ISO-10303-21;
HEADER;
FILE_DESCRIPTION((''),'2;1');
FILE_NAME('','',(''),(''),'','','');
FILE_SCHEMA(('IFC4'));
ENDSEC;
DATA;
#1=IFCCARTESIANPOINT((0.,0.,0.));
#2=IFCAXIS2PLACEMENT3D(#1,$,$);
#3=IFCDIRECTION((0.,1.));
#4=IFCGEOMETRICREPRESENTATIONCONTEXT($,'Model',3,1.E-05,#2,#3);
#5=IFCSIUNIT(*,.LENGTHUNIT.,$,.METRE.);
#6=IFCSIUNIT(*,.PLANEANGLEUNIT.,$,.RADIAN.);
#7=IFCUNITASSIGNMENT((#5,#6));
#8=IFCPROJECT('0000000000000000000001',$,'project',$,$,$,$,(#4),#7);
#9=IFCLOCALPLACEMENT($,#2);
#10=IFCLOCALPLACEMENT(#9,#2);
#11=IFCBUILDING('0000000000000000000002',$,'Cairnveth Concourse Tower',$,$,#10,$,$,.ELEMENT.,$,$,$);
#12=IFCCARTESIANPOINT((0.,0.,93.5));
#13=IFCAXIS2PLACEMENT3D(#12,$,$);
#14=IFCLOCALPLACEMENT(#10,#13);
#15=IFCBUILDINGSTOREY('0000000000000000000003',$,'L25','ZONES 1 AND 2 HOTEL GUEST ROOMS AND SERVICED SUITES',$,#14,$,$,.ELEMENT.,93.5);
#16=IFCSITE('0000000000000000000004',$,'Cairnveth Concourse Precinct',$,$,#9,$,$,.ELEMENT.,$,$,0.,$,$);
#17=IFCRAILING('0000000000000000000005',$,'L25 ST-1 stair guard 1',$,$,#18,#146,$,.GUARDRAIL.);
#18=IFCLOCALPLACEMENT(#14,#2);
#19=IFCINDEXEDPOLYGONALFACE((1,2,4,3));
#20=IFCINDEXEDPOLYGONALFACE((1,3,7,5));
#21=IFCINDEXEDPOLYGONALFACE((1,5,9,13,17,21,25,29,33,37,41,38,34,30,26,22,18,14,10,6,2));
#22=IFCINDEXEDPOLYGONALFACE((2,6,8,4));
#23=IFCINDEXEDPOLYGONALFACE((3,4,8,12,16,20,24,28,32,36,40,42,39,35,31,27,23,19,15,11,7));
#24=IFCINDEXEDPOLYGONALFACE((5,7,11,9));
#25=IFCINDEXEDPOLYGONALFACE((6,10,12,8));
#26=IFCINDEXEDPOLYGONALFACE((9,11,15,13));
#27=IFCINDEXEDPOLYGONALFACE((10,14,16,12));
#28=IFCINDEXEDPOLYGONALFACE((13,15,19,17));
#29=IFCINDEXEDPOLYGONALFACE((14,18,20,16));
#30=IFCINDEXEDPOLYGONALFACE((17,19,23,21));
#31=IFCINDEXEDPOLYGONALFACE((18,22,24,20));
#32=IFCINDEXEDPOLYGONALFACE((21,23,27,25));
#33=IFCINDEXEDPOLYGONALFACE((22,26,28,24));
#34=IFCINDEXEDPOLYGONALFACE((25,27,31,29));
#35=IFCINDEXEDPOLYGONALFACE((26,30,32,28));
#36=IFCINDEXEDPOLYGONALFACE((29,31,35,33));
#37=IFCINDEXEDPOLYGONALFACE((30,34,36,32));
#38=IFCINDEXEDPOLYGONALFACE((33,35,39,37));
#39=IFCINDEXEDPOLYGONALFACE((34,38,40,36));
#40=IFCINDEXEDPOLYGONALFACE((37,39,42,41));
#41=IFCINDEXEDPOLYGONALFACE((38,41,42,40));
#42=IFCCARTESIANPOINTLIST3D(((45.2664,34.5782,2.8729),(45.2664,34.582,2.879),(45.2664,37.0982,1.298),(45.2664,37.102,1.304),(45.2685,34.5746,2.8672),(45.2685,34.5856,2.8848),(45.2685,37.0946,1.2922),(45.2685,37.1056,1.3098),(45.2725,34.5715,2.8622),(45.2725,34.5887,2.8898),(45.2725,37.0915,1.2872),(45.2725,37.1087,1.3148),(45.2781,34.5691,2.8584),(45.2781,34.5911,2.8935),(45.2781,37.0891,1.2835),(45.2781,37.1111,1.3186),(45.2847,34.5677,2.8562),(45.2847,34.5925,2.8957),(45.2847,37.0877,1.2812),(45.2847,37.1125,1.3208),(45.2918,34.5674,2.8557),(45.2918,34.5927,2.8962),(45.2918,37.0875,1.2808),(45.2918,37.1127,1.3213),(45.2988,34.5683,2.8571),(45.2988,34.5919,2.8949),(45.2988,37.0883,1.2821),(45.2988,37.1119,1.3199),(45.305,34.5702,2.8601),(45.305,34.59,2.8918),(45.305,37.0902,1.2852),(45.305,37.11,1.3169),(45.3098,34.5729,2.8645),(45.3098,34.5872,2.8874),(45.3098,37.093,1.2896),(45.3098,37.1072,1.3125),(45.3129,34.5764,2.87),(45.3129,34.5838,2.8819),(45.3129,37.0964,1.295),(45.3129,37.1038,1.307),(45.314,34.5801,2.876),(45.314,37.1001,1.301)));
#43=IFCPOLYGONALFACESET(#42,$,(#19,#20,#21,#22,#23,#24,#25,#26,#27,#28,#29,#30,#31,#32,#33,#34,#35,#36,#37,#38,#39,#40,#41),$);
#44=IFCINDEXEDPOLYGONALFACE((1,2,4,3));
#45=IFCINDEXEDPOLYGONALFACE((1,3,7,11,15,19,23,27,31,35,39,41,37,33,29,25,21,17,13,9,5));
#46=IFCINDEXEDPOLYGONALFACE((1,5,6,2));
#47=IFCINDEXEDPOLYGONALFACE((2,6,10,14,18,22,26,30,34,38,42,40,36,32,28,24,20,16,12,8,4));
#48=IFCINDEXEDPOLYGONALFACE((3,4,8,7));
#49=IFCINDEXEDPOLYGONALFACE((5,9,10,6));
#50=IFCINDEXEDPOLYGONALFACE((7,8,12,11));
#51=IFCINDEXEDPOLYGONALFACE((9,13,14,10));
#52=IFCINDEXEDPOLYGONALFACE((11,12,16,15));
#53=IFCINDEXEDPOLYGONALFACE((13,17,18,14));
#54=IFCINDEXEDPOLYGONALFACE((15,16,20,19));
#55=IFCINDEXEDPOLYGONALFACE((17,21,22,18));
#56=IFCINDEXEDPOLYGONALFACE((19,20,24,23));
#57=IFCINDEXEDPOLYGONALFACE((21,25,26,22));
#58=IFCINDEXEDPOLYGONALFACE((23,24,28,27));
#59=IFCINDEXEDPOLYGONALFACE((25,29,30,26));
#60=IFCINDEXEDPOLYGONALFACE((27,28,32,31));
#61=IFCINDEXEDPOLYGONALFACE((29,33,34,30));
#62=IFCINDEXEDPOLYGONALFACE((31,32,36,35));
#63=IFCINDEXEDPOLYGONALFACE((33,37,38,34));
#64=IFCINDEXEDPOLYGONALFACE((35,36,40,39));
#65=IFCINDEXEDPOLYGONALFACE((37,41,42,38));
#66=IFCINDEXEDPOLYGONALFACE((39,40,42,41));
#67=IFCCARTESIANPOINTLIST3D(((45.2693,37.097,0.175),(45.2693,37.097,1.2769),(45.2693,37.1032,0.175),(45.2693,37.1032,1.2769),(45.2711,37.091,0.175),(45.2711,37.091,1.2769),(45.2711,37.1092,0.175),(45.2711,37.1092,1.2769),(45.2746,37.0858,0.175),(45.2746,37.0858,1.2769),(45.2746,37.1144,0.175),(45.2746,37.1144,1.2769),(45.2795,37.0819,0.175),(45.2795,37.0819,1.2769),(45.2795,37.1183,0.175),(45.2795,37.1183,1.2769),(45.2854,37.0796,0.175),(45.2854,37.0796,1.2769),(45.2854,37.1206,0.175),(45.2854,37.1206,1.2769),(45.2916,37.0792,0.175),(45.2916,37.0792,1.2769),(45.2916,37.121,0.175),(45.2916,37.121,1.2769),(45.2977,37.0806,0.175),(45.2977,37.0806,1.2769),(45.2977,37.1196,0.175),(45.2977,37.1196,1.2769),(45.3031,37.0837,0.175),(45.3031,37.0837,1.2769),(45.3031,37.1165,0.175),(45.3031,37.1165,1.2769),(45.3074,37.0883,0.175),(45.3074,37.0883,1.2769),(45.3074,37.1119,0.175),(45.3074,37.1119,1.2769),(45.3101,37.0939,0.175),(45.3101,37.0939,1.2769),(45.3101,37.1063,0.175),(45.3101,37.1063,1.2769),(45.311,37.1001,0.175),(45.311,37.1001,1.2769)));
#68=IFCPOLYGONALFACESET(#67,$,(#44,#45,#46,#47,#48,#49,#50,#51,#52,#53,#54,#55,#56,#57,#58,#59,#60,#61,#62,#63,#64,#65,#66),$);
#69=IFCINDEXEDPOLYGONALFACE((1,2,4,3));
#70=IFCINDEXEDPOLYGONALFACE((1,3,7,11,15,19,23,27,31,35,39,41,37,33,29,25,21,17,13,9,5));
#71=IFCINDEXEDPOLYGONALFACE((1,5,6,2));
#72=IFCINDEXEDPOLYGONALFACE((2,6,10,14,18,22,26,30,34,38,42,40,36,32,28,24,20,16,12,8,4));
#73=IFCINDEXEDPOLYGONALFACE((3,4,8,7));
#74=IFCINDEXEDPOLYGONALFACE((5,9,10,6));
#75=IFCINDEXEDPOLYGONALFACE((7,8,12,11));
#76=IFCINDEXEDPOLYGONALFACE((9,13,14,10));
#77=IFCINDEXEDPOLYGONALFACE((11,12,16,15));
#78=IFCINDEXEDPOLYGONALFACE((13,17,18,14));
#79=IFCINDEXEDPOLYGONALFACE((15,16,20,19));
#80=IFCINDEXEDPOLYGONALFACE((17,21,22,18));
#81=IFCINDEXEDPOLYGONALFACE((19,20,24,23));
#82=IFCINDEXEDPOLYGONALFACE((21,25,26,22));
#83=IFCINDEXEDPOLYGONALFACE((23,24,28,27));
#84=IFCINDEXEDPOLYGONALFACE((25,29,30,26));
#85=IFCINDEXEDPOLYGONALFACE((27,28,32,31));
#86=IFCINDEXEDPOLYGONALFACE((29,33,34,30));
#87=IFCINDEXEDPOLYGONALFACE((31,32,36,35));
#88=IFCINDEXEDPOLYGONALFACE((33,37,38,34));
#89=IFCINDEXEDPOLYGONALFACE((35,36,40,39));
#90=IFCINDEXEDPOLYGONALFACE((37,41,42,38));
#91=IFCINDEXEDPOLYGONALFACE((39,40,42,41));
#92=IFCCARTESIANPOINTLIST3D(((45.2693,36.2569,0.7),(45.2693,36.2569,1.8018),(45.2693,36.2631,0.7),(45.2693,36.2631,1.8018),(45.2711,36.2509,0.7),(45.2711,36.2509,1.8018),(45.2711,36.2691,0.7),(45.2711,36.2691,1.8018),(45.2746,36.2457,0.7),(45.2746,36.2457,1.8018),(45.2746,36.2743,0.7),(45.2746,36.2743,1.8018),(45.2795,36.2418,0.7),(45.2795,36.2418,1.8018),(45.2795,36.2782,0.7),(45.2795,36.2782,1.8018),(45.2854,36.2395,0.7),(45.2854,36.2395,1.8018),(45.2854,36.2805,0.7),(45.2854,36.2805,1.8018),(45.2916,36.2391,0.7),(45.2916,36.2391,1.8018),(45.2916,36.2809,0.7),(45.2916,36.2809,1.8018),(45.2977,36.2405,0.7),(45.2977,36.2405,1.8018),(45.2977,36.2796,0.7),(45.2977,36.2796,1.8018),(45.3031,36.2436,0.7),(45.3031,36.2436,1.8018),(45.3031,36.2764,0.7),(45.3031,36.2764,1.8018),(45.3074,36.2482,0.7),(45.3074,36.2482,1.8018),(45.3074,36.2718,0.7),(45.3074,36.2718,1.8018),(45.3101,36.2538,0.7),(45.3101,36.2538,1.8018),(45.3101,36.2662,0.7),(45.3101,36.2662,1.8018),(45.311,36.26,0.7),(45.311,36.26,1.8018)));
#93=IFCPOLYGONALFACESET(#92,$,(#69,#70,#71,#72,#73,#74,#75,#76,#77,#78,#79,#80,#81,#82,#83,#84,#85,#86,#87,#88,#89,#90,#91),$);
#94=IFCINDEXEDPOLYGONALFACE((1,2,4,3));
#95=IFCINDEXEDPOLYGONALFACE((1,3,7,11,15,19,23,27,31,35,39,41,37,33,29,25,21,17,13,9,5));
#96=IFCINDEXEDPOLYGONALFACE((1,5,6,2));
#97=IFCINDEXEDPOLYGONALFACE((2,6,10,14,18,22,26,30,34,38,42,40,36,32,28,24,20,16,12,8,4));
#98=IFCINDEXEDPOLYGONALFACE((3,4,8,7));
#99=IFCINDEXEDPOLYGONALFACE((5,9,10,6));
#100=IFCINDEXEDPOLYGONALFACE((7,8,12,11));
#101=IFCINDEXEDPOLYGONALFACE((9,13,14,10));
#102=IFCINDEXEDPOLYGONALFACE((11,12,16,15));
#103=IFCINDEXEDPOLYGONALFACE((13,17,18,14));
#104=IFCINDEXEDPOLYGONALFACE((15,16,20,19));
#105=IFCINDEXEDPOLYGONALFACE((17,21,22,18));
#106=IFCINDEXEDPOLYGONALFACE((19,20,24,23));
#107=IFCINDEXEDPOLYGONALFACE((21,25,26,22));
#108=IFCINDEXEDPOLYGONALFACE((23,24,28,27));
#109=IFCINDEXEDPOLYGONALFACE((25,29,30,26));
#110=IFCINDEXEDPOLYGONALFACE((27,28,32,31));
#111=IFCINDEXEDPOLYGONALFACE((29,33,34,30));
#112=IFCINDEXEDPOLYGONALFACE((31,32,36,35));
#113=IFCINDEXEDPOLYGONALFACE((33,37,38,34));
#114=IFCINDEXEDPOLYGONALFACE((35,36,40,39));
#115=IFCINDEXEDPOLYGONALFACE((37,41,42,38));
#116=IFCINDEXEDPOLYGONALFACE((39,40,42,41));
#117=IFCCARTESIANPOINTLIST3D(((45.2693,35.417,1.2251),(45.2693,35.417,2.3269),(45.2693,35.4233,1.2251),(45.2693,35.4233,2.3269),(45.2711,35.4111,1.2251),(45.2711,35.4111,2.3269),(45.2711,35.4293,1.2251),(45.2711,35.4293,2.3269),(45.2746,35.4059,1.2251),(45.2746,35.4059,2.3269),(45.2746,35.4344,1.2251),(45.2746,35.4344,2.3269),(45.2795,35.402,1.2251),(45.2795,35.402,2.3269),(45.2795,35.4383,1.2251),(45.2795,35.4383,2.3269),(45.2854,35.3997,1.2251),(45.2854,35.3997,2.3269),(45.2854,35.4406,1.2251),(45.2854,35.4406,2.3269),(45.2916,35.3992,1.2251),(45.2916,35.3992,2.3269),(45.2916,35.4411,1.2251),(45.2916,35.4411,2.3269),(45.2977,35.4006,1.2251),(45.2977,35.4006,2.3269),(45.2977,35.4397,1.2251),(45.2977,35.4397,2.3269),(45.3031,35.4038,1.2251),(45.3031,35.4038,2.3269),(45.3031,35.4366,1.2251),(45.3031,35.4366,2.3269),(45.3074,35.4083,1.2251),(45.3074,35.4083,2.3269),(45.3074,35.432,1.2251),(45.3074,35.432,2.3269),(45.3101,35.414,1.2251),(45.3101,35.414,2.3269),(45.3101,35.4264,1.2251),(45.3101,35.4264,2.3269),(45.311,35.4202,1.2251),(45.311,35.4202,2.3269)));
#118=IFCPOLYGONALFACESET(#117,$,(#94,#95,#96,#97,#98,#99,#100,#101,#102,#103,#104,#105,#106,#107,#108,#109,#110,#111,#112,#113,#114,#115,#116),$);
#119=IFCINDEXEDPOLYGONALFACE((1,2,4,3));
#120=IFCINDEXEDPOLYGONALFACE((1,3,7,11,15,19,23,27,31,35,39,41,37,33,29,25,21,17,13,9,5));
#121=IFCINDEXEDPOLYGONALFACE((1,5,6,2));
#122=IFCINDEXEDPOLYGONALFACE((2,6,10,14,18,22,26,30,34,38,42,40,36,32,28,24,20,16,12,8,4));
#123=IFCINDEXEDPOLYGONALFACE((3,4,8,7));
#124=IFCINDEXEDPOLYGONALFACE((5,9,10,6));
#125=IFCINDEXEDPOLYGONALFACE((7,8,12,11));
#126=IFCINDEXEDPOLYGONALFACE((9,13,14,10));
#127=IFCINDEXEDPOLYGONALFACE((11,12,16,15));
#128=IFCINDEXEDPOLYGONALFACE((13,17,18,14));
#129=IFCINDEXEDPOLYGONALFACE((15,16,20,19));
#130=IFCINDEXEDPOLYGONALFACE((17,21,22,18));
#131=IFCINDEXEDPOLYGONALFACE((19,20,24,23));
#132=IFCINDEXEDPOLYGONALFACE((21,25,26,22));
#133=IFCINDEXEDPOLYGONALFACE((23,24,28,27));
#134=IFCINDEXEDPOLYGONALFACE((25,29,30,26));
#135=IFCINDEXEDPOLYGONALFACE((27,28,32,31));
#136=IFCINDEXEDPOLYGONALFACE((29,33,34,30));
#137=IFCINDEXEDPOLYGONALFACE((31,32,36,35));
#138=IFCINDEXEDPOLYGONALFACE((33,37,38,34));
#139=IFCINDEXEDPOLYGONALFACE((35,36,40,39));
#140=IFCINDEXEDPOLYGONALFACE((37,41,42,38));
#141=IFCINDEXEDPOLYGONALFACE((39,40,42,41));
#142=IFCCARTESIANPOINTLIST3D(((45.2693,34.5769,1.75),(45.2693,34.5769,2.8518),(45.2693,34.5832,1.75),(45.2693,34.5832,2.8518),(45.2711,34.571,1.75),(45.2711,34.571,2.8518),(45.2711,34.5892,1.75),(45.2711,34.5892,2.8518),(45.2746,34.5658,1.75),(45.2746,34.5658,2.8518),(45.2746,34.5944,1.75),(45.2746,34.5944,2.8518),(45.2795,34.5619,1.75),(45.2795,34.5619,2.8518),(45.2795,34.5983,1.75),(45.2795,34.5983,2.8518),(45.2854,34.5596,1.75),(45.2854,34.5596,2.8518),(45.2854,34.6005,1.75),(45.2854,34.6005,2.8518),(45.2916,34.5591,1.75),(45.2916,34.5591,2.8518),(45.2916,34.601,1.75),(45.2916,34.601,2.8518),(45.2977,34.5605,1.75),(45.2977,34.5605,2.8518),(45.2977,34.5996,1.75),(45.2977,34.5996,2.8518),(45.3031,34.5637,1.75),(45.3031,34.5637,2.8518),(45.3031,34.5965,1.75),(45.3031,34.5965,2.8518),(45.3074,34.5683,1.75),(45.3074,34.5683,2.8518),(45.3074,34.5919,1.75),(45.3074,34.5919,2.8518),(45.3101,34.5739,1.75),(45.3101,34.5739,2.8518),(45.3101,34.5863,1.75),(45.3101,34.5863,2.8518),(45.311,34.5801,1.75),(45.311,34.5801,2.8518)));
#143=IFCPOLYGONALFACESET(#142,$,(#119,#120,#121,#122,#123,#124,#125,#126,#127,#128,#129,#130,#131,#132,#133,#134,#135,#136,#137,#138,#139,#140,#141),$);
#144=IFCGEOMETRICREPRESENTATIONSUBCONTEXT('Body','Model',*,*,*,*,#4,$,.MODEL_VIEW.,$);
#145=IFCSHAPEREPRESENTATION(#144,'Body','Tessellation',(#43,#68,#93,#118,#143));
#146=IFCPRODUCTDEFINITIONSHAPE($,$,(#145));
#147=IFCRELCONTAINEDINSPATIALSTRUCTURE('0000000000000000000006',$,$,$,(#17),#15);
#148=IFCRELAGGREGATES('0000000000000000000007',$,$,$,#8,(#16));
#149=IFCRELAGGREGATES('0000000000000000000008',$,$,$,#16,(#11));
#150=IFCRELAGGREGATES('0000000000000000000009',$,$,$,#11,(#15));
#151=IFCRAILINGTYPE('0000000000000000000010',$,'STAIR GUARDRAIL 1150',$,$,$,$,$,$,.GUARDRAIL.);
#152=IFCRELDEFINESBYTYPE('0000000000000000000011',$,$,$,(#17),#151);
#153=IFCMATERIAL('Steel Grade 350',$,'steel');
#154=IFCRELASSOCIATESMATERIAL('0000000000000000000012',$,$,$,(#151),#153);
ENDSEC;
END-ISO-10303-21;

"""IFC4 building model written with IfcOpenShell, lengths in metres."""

from ifc_helpers import new_model, si_unit, direction, frame, origin, origin_2d, place, context, subcontext, project, spatial, circle, extrude, material, type_object, element, save


model = new_model("IFC4")

# Units and contexts
model_context = context("Model", 3, precision=1e-05, world=origin(), true_north=direction((0.0, 1.0)))
body_context = subcontext(model_context, "Body", "Model", "MODEL_VIEW")
ifc_project = project(units=[si_unit("LENGTHUNIT", "METRE"), si_unit("PLANEANGLEUNIT", "RADIAN")], contexts=[model_context])

# Site, building, storey
site_placement = place(None, origin())
site = spatial("IfcSite", under=ifc_project, at=site_placement, Name="Cairnveth Concourse Precinct", CompositionType="ELEMENT", RefElevation=0.0)
building_placement = place(site_placement, origin())
building = spatial("IfcBuilding", under=site, at=building_placement, Name="Cairnveth Concourse Tower", CompositionType="ELEMENT")
storey_placement = place(building_placement, frame((0.0, 0.0, 93.5)))
storey = spatial("IfcBuildingStorey", under=building, at=storey_placement, Name="L25", Description="ZONES 1 AND 2 HOTEL GUEST ROOMS AND SERVICED SUITES", CompositionType="ELEMENT", Elevation=93.5)

# Railing
ifc_material_1 = material(Name="Steel Grade 350", Category="steel")
railing_type_1 = type_object("IfcRailingType", Name="STAIR GUARDRAIL 1150", PredefinedType="GUARDRAIL", material=ifc_material_1)
railing_1_placement = place(storey_placement, frame((45.29, 37.1001, 0.175)))
element("IfcRailing", 1, at=railing_1_placement, inside=storey, type_object=railing_type_1, Name="L25 ST-1 stair guard 1", PredefinedType="GUARDRAIL", context=body_context, shape_type="SweptSolid", body=[
    extrude(circle(Radius=0.0239, at=origin_2d()), frame((0.0, 0.0, 1.126), z_axis=(0.0, -0.848008, 0.529984), x_axis=(1.0, 0.0, 0.0)), (0.0, 0.0, 1.0), 2.9717),
    extrude(circle(Radius=0.021, at=origin_2d()), origin(), (0.0, 0.0, 1.0), 1.1018),
    extrude(circle(Radius=0.021, at=origin_2d()), frame((0.0, -0.8401, 0.5249)), (0.0, 0.0, 1.0), 1.1018),
    extrude(circle(Radius=0.021, at=origin_2d()), frame((0.0, -1.6799, 1.05)), (0.0, 0.0, 1.0), 1.1018),
    extrude(circle(Radius=0.021, at=origin_2d()), frame((0.0, -2.52, 1.575)), (0.0, 0.0, 1.0), 1.1018),
])

save(model, "model.ifc")
